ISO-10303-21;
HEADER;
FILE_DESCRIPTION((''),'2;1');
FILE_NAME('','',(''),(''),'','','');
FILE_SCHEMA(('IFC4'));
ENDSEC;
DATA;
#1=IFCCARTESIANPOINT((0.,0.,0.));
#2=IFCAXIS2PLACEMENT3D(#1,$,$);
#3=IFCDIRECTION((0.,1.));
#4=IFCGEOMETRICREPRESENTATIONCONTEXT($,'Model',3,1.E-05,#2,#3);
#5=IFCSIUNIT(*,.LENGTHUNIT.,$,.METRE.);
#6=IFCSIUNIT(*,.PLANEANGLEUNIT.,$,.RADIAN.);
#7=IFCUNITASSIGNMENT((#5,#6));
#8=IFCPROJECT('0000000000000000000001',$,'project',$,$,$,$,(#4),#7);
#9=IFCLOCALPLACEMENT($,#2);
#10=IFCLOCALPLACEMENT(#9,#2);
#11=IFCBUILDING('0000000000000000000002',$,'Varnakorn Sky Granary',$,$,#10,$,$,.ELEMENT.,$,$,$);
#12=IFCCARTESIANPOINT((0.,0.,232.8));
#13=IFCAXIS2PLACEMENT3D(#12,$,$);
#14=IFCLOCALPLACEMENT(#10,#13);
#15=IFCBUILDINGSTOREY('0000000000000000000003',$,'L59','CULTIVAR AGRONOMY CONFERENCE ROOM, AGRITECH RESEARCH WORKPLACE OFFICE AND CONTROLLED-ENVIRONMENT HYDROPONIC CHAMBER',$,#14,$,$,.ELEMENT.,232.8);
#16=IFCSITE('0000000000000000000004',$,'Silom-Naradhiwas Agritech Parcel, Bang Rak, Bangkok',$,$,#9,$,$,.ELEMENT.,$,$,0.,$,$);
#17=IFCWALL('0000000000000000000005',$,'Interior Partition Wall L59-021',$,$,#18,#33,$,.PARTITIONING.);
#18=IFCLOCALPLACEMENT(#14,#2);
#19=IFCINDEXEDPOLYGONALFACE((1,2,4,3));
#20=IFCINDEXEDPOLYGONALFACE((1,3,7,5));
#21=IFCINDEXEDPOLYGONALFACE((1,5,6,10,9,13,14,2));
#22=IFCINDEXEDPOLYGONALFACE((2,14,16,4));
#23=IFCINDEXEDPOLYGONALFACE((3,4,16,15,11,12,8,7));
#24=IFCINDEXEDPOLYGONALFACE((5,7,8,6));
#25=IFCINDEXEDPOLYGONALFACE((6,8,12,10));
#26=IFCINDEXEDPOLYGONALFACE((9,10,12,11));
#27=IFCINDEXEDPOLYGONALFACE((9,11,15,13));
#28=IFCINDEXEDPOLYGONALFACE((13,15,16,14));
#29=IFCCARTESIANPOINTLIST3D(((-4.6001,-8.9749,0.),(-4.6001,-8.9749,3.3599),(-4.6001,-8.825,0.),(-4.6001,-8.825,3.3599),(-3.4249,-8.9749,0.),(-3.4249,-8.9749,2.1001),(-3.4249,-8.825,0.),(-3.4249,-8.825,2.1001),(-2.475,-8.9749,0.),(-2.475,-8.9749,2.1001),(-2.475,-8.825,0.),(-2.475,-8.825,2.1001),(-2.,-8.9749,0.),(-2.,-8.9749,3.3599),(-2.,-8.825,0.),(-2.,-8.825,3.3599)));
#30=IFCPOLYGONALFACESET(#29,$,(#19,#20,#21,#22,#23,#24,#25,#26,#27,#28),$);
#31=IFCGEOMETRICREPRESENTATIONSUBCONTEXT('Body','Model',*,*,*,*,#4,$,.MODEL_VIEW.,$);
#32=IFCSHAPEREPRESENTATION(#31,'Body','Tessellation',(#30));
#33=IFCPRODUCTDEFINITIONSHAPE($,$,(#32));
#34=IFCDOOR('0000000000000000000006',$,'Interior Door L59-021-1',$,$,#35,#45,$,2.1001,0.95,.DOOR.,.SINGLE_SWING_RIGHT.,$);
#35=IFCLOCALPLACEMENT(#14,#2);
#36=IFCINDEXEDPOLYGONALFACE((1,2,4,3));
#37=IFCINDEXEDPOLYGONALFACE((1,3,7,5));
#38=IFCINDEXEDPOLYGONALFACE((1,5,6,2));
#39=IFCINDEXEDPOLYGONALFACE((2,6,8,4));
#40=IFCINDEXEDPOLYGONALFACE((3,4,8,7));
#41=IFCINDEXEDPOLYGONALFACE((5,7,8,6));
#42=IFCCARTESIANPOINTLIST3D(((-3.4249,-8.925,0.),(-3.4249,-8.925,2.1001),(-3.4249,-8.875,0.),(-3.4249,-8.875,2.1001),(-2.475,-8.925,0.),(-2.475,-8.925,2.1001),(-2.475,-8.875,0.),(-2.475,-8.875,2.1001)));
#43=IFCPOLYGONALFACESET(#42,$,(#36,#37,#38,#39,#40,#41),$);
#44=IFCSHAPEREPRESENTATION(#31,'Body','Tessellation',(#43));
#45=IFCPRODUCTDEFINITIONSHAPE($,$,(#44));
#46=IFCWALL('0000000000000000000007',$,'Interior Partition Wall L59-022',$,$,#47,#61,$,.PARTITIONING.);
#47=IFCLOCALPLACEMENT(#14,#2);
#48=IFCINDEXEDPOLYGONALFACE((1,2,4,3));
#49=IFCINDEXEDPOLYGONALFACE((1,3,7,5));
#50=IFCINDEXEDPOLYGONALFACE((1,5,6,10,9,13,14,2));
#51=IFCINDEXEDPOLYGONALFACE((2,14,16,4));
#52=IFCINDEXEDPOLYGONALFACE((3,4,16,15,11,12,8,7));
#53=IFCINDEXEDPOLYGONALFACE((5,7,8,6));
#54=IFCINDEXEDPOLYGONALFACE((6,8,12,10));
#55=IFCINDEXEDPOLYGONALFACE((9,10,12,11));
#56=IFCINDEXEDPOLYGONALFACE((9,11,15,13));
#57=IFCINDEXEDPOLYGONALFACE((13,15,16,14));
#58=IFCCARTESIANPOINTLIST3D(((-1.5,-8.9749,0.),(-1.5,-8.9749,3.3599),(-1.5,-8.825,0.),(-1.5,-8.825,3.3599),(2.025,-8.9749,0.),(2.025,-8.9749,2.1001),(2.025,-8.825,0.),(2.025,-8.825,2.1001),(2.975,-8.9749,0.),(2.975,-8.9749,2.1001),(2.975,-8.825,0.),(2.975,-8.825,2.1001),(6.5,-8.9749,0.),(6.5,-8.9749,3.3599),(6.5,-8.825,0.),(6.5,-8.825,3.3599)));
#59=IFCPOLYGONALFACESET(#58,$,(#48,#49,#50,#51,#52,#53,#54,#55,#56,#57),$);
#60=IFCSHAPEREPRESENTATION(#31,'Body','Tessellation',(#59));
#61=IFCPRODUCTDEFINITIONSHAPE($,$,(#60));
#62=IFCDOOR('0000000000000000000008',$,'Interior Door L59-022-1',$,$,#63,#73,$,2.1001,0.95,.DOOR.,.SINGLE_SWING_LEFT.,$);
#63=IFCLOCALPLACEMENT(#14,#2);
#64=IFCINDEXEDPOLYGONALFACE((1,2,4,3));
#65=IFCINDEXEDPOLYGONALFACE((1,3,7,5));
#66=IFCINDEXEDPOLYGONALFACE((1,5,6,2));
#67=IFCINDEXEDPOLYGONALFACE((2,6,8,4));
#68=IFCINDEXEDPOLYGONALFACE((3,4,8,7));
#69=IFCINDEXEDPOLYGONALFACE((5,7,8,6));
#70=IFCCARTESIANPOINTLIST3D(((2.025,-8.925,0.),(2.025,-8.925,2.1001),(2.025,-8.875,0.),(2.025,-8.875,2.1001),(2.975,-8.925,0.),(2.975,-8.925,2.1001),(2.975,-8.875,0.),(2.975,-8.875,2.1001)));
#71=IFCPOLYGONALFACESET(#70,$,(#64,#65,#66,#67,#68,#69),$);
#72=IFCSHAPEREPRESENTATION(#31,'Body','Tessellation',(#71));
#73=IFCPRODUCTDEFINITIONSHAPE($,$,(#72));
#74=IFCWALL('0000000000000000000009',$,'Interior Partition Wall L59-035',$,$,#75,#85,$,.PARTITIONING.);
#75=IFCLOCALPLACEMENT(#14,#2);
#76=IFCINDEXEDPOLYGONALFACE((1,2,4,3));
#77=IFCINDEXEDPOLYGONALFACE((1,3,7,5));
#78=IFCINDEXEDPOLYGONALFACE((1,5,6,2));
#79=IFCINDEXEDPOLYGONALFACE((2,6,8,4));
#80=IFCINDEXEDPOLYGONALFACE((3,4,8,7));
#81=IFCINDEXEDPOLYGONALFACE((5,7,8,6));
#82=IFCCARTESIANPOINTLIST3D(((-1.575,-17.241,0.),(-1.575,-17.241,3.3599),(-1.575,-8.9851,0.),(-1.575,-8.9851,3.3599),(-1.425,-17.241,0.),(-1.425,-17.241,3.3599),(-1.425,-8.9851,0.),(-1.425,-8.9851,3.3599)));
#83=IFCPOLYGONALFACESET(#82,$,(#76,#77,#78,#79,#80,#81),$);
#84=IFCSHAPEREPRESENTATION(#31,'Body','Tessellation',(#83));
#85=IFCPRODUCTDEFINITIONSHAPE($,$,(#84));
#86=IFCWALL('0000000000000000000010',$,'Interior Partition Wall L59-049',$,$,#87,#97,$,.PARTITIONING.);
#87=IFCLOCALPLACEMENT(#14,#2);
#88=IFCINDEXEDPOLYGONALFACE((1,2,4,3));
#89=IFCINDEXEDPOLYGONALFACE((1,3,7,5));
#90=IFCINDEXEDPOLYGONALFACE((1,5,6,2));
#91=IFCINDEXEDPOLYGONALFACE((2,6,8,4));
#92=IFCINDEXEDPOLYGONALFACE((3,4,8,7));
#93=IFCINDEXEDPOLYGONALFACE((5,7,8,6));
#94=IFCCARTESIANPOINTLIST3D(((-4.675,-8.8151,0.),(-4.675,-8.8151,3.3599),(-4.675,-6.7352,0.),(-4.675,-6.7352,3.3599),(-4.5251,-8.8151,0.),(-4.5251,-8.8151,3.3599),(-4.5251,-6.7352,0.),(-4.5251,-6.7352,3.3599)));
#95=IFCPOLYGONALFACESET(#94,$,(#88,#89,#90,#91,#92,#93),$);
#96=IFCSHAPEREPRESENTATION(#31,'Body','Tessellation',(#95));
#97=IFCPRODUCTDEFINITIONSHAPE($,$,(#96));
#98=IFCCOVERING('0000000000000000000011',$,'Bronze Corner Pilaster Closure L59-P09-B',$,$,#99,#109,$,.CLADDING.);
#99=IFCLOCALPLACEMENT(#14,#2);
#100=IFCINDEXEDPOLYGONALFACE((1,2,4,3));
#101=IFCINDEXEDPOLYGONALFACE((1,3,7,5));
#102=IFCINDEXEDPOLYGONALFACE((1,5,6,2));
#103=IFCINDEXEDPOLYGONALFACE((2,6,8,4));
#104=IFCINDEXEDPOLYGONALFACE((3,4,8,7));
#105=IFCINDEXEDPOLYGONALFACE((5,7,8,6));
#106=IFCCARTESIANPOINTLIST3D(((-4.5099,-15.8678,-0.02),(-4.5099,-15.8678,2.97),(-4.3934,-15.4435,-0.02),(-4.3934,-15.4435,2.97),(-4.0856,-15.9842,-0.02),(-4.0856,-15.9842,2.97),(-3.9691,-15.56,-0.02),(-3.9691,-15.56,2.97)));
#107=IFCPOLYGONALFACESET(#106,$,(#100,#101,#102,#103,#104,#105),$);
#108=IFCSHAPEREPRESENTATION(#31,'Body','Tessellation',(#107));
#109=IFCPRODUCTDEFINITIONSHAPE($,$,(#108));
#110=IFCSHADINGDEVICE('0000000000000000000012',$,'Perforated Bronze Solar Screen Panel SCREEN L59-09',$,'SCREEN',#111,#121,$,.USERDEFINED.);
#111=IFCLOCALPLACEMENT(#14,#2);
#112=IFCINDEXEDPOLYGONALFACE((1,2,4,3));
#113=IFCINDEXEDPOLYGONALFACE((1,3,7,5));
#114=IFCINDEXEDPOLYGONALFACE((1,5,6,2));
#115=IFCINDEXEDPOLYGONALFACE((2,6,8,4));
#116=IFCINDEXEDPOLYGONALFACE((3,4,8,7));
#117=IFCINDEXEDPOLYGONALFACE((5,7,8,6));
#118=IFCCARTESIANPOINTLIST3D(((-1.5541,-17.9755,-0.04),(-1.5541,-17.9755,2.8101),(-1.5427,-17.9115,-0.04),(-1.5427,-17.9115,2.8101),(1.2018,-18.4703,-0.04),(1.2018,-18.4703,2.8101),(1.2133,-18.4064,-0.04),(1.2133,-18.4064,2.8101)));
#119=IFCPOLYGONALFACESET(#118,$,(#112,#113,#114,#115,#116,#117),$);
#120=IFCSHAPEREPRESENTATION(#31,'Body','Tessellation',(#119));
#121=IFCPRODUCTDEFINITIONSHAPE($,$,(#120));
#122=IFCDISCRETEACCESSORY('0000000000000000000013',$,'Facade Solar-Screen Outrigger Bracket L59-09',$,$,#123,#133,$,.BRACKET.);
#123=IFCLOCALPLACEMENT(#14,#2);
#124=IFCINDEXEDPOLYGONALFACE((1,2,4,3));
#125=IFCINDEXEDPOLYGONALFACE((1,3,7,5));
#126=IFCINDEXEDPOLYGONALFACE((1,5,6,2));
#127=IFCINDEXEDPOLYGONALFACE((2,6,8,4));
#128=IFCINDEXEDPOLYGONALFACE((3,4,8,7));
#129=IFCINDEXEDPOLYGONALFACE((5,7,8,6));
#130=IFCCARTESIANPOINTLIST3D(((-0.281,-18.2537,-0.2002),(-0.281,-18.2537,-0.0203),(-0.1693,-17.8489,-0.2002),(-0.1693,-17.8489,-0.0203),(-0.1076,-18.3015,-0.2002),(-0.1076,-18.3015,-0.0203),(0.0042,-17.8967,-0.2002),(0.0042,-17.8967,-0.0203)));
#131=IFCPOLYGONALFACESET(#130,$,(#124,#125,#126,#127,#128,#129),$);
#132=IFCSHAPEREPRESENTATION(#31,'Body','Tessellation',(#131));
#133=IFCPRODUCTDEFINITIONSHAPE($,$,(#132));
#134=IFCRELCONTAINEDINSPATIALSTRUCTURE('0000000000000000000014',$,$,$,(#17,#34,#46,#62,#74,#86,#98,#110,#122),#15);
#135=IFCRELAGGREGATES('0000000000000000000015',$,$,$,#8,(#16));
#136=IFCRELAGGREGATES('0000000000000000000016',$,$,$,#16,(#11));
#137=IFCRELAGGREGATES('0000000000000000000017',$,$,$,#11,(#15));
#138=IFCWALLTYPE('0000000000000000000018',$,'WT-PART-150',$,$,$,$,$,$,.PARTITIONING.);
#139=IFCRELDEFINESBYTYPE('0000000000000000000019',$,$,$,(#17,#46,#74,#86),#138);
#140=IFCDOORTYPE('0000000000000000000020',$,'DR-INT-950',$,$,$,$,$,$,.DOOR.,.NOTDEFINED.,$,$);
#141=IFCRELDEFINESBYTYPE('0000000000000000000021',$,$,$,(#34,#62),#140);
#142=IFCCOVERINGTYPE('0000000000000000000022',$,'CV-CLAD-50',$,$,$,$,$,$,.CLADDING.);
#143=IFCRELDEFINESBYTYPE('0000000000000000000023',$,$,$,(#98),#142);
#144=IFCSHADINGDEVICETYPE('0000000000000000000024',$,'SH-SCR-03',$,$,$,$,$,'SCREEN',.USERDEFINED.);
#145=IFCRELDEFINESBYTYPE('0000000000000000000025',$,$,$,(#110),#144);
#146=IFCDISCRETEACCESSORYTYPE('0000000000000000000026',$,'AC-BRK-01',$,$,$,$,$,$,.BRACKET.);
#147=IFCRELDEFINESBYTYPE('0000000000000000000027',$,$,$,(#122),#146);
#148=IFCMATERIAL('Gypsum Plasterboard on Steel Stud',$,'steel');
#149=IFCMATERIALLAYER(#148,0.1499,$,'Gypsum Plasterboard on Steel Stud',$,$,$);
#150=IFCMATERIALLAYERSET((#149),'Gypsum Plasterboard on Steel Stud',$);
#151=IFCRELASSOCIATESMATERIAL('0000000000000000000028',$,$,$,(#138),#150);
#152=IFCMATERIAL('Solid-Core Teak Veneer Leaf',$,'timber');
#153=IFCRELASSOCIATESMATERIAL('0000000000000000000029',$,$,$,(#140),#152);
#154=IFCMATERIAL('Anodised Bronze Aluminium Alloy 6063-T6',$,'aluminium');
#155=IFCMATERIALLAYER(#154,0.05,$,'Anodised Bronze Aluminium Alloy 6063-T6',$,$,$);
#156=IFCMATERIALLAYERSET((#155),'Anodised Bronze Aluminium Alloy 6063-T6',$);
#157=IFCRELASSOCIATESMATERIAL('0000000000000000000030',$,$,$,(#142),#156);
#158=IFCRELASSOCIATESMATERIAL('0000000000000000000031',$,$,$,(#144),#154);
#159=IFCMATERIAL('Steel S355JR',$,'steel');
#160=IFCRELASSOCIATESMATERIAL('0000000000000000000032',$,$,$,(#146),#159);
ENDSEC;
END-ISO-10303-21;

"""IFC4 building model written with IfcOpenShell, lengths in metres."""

from ifc_helpers import new_model, si_unit, direction, frame, frame_2d, origin, origin_2d, place, context, subcontext, project, spatial, rectangle, extrude, source, transform, mapped, material, layer, layer_set, type_object, type_shapes, element, fill, save


model = new_model("IFC4")

# Units and contexts
model_context = context("Model", 3, precision=1e-05, world=origin(), true_north=direction((0.0, 1.0)))
body_context = subcontext(model_context, "Body", "Model", "MODEL_VIEW")
ifc_project = project(units=[si_unit("LENGTHUNIT", "METRE"), si_unit("PLANEANGLEUNIT", "RADIAN")], contexts=[model_context])

# Site, building, storey
site_placement = place(None, origin())
site = spatial("IfcSite", under=ifc_project, at=site_placement, Name="Silom-Naradhiwas Agritech Parcel, Bang Rak, Bangkok", CompositionType="ELEMENT", RefElevation=0.0)
building_placement = place(site_placement, origin())
building = spatial("IfcBuilding", under=site, at=building_placement, Name="Varnakorn Sky Granary", CompositionType="ELEMENT")
storey_placement = place(building_placement, frame((0.0, 0.0, 232.8)))
storey = spatial("IfcBuildingStorey", under=building, at=storey_placement, Name="L59", Description="CULTIVAR AGRONOMY CONFERENCE ROOM, AGRITECH RESEARCH WORKPLACE OFFICE AND CONTROLLED-ENVIRONMENT HYDROPONIC CHAMBER", CompositionType="ELEMENT", Elevation=232.8)

# Shared definitions
ifc_material_1 = material(Name="Steel S355JR", Category="steel")

# Shared definitions
ifc_material_2 = material(Name="Anodised Bronze Aluminium Alloy 6063-T6", Category="aluminium")

# Walls, openings, doors
ifc_material_3 = material(Name="Gypsum Plasterboard on Steel Stud", Category="steel")
ifc_layer_1 = layer(ifc_material_3, 0.1499, Name="Gypsum Plasterboard on Steel Stud")
ifc_layer_set_1 = layer_set([ifc_layer_1], Name="Gypsum Plasterboard on Steel Stud")
wall_type = type_object("IfcWallType", Name="WT-PART-150", PredefinedType="PARTITIONING", material=ifc_layer_set_1)
wall_1_placement = place(storey_placement, frame((-4.6001, -8.8999, 0.0), z_axis=(0.0, 0.0, 1.0), x_axis=(1.0, 0.0, 0.0)))
wall_1 = element("IfcWall", 1, at=wall_1_placement, inside=storey, type_object=wall_type, Name="Interior Partition Wall L59-021", PredefinedType="PARTITIONING", context=body_context, shape_type="SweptSolid", body=[
    extrude(rectangle(XDim=2.6001, YDim=0.1499, at=frame_2d((1.3, 0.0))), origin(), (0.0, 0.0, 1.0), 3.3599),
])
opening_1_placement = place(wall_1_placement, frame((1.175, 0.0, 0.0)))
opening_1 = element("IfcOpeningElement", 2, at=opening_1_placement, cuts=wall_1, PredefinedType="OPENING", context=body_context, shape_type="SweptSolid", body=[
    extrude(rectangle(XDim=0.95, YDim=2.1001, at=frame_2d((0.4751, 1.05))), frame((0.0, 0.085, 0.0), z_axis=(0.0, -1.0, 0.0), x_axis=(1.0, 0.0, 0.0)), (0.0, 0.0, 1.0), 0.1699),
])
ifc_material_4 = material(Name="Solid-Core Teak Veneer Leaf", Category="timber")
door_type = type_object("IfcDoorType", Name="DR-INT-950", OperationType="NOTDEFINED", PredefinedType="DOOR", material=ifc_material_4)
door_1_placement = place(opening_1_placement, origin())
door_1 = element("IfcDoor", 3, at=door_1_placement, inside=storey, type_object=door_type, Name="Interior Door L59-021-1", OperationType="SINGLE_SWING_RIGHT", OverallHeight=2.1001, OverallWidth=0.95, PredefinedType="DOOR", context=body_context, shape_type="SweptSolid", body=[
    extrude(rectangle(XDim=0.95, YDim=2.1001, at=frame_2d((0.4751, 1.05))), frame((0.0, 0.0249, 0.0), z_axis=(0.0, -1.0, 0.0), x_axis=(1.0, 0.0, 0.0)), (0.0, 0.0, 1.0), 0.05),
])
fill(opening_1, door_1)
wall_2_placement = place(storey_placement, frame((-1.5, -8.8999, 0.0), z_axis=(0.0, 0.0, 1.0), x_axis=(1.0, 0.0, 0.0)))
wall_2 = element("IfcWall", 4, at=wall_2_placement, inside=storey, type_object=wall_type, Name="Interior Partition Wall L59-022", PredefinedType="PARTITIONING", context=body_context, shape_type="SweptSolid", body=[
    extrude(rectangle(XDim=8.0, YDim=0.1499, at=frame_2d((4.0, 0.0))), origin(), (0.0, 0.0, 1.0), 3.3599),
])
opening_2_placement = place(wall_2_placement, frame((3.5249, 0.0, 0.0)))
opening_2 = element("IfcOpeningElement", 5, at=opening_2_placement, cuts=wall_2, PredefinedType="OPENING", context=body_context, shape_type="SweptSolid", body=[
    extrude(rectangle(XDim=0.95, YDim=2.1001, at=frame_2d((0.4751, 1.05))), frame((0.0, 0.085, 0.0), z_axis=(0.0, -1.0, 0.0), x_axis=(1.0, 0.0, 0.0)), (0.0, 0.0, 1.0), 0.1699),
])
door_2_placement = place(opening_2_placement, origin())
door_2 = element("IfcDoor", 6, at=door_2_placement, inside=storey, type_object=door_type, Name="Interior Door L59-022-1", OperationType="SINGLE_SWING_LEFT", OverallHeight=2.1001, OverallWidth=0.95, PredefinedType="DOOR", context=body_context, shape_type="SweptSolid", body=[
    extrude(rectangle(XDim=0.95, YDim=2.1001, at=frame_2d((0.4751, 1.05))), frame((0.0, 0.0249, 0.0), z_axis=(0.0, -1.0, 0.0), x_axis=(1.0, 0.0, 0.0)), (0.0, 0.0, 1.0), 0.05),
])
fill(opening_2, door_2)

# Walls
wall_3_placement = place(storey_placement, frame((-1.5, -8.9851, 0.0), z_axis=(0.0, 0.0, 1.0), x_axis=(0.0, -1.0, 0.0)))
element("IfcWall", 7, at=wall_3_placement, inside=storey, type_object=wall_type, Name="Interior Partition Wall L59-035", PredefinedType="PARTITIONING", context=body_context, shape_type="SweptSolid", body=[
    extrude(rectangle(XDim=8.2559, YDim=0.1499, at=frame_2d((4.1279, 0.0))), origin(), (0.0, 0.0, 1.0), 3.3599),
])
wall_4_placement = place(storey_placement, frame((-4.6001, -6.7351, 0.0), z_axis=(0.0, 0.0, 1.0), x_axis=(0.0, -1.0, 0.0)))
element("IfcWall", 8, at=wall_4_placement, inside=storey, type_object=wall_type, Name="Interior Partition Wall L59-049", PredefinedType="PARTITIONING", context=body_context, shape_type="SweptSolid", body=[
    extrude(rectangle(XDim=2.0798, YDim=0.1499, at=frame_2d((1.04, 0.0))), origin(), (0.0, 0.0, 1.0), 3.3599),
])

# Covering
ifc_layer_2 = layer(ifc_material_2, 0.05, Name="Anodised Bronze Aluminium Alloy 6063-T6")
ifc_layer_set_2 = layer_set([ifc_layer_2], Name="Anodised Bronze Aluminium Alloy 6063-T6")
covering_type = type_object("IfcCoveringType", Name="CV-CLAD-50", PredefinedType="CLADDING", material=ifc_layer_set_2)
shared_shape_1 = source(origin(), body_context, "Body", "SweptSolid", [
    extrude(rectangle(XDim=0.4399, YDim=0.4399, at=origin_2d()), origin(), (0.0, 0.0, 1.0), 2.99),
])
type_shapes(covering_type, [shared_shape_1])
covering_placement = place(storey_placement, frame((-4.2395, -15.7139, -0.02), z_axis=(0.0, 0.0, 1.0), x_axis=(-0.964327, 0.264715, 0.0)))
element("IfcCovering", 9, at=covering_placement, inside=storey, type_object=covering_type, Name="Bronze Corner Pilaster Closure L59-P09-B", PredefinedType="CLADDING", context=body_context, shape_type="MappedRepresentation", body=[
    mapped(shared_shape_1, transform((0.0, 0.0, 0.0), x_axis=(1.0, 0.0, 0.0), y_axis=(0.0, 1.0, 0.0), z_axis=(0.0, 0.0, 1.0), scale=1.0)),
])

# Shading device
shading_device_type = type_object("IfcShadingDeviceType", Name="SH-SCR-03", ElementType="SCREEN", PredefinedType="USERDEFINED", material=ifc_material_2)
shared_shape_2 = source(origin(), body_context, "Body", "SweptSolid", [
    extrude(rectangle(XDim=2.8, YDim=0.0649, at=origin_2d()), origin(), (0.0, 0.0, 1.0), 2.8501),
])
type_shapes(shading_device_type, [shared_shape_2])
shading_device_placement = place(storey_placement, frame((-0.1704, -18.1909, -0.04), z_axis=(0.0, 0.0, 1.0), x_axis=(0.984261, -0.176721, 0.0)))
element("IfcShadingDevice", 10, at=shading_device_placement, inside=storey, type_object=shading_device_type, Name="Perforated Bronze Solar Screen Panel SCREEN L59-09", ObjectType="SCREEN", PredefinedType="USERDEFINED", context=body_context, shape_type="MappedRepresentation", body=[
    mapped(shared_shape_2, transform((0.0, 0.0, 0.0), x_axis=(1.0, 0.0, 0.0), y_axis=(0.0, 1.0, 0.0), z_axis=(0.0, 0.0, 1.0), scale=1.0)),
])

# Discrete accessory
discrete_accessory_type = type_object("IfcDiscreteAccessoryType", Name="AC-BRK-01", PredefinedType="BRACKET", material=ifc_material_1)
shared_shape_3 = source(origin(), body_context, "Body", "SweptSolid", [
    extrude(rectangle(XDim=0.1799, YDim=0.4199, at=origin_2d()), origin(), (0.0, 0.0, 1.0), 0.1799),
])
type_shapes(discrete_accessory_type, [shared_shape_3])
discrete_accessory_placement = place(storey_placement, frame((-0.1384, -18.0752, -0.2002), z_axis=(0.0, 0.0, 1.0), x_axis=(0.963962, -0.266041, 0.0)))
element("IfcDiscreteAccessory", 11, at=discrete_accessory_placement, inside=storey, type_object=discrete_accessory_type, Name="Facade Solar-Screen Outrigger Bracket L59-09", PredefinedType="BRACKET", context=body_context, shape_type="MappedRepresentation", body=[
    mapped(shared_shape_3, transform((0.0, 0.0, 0.0), x_axis=(1.0, 0.0, 0.0), y_axis=(0.0, 1.0, 0.0), z_axis=(0.0, 0.0, 1.0), scale=1.0)),
])

save(model, "model.ifc")
